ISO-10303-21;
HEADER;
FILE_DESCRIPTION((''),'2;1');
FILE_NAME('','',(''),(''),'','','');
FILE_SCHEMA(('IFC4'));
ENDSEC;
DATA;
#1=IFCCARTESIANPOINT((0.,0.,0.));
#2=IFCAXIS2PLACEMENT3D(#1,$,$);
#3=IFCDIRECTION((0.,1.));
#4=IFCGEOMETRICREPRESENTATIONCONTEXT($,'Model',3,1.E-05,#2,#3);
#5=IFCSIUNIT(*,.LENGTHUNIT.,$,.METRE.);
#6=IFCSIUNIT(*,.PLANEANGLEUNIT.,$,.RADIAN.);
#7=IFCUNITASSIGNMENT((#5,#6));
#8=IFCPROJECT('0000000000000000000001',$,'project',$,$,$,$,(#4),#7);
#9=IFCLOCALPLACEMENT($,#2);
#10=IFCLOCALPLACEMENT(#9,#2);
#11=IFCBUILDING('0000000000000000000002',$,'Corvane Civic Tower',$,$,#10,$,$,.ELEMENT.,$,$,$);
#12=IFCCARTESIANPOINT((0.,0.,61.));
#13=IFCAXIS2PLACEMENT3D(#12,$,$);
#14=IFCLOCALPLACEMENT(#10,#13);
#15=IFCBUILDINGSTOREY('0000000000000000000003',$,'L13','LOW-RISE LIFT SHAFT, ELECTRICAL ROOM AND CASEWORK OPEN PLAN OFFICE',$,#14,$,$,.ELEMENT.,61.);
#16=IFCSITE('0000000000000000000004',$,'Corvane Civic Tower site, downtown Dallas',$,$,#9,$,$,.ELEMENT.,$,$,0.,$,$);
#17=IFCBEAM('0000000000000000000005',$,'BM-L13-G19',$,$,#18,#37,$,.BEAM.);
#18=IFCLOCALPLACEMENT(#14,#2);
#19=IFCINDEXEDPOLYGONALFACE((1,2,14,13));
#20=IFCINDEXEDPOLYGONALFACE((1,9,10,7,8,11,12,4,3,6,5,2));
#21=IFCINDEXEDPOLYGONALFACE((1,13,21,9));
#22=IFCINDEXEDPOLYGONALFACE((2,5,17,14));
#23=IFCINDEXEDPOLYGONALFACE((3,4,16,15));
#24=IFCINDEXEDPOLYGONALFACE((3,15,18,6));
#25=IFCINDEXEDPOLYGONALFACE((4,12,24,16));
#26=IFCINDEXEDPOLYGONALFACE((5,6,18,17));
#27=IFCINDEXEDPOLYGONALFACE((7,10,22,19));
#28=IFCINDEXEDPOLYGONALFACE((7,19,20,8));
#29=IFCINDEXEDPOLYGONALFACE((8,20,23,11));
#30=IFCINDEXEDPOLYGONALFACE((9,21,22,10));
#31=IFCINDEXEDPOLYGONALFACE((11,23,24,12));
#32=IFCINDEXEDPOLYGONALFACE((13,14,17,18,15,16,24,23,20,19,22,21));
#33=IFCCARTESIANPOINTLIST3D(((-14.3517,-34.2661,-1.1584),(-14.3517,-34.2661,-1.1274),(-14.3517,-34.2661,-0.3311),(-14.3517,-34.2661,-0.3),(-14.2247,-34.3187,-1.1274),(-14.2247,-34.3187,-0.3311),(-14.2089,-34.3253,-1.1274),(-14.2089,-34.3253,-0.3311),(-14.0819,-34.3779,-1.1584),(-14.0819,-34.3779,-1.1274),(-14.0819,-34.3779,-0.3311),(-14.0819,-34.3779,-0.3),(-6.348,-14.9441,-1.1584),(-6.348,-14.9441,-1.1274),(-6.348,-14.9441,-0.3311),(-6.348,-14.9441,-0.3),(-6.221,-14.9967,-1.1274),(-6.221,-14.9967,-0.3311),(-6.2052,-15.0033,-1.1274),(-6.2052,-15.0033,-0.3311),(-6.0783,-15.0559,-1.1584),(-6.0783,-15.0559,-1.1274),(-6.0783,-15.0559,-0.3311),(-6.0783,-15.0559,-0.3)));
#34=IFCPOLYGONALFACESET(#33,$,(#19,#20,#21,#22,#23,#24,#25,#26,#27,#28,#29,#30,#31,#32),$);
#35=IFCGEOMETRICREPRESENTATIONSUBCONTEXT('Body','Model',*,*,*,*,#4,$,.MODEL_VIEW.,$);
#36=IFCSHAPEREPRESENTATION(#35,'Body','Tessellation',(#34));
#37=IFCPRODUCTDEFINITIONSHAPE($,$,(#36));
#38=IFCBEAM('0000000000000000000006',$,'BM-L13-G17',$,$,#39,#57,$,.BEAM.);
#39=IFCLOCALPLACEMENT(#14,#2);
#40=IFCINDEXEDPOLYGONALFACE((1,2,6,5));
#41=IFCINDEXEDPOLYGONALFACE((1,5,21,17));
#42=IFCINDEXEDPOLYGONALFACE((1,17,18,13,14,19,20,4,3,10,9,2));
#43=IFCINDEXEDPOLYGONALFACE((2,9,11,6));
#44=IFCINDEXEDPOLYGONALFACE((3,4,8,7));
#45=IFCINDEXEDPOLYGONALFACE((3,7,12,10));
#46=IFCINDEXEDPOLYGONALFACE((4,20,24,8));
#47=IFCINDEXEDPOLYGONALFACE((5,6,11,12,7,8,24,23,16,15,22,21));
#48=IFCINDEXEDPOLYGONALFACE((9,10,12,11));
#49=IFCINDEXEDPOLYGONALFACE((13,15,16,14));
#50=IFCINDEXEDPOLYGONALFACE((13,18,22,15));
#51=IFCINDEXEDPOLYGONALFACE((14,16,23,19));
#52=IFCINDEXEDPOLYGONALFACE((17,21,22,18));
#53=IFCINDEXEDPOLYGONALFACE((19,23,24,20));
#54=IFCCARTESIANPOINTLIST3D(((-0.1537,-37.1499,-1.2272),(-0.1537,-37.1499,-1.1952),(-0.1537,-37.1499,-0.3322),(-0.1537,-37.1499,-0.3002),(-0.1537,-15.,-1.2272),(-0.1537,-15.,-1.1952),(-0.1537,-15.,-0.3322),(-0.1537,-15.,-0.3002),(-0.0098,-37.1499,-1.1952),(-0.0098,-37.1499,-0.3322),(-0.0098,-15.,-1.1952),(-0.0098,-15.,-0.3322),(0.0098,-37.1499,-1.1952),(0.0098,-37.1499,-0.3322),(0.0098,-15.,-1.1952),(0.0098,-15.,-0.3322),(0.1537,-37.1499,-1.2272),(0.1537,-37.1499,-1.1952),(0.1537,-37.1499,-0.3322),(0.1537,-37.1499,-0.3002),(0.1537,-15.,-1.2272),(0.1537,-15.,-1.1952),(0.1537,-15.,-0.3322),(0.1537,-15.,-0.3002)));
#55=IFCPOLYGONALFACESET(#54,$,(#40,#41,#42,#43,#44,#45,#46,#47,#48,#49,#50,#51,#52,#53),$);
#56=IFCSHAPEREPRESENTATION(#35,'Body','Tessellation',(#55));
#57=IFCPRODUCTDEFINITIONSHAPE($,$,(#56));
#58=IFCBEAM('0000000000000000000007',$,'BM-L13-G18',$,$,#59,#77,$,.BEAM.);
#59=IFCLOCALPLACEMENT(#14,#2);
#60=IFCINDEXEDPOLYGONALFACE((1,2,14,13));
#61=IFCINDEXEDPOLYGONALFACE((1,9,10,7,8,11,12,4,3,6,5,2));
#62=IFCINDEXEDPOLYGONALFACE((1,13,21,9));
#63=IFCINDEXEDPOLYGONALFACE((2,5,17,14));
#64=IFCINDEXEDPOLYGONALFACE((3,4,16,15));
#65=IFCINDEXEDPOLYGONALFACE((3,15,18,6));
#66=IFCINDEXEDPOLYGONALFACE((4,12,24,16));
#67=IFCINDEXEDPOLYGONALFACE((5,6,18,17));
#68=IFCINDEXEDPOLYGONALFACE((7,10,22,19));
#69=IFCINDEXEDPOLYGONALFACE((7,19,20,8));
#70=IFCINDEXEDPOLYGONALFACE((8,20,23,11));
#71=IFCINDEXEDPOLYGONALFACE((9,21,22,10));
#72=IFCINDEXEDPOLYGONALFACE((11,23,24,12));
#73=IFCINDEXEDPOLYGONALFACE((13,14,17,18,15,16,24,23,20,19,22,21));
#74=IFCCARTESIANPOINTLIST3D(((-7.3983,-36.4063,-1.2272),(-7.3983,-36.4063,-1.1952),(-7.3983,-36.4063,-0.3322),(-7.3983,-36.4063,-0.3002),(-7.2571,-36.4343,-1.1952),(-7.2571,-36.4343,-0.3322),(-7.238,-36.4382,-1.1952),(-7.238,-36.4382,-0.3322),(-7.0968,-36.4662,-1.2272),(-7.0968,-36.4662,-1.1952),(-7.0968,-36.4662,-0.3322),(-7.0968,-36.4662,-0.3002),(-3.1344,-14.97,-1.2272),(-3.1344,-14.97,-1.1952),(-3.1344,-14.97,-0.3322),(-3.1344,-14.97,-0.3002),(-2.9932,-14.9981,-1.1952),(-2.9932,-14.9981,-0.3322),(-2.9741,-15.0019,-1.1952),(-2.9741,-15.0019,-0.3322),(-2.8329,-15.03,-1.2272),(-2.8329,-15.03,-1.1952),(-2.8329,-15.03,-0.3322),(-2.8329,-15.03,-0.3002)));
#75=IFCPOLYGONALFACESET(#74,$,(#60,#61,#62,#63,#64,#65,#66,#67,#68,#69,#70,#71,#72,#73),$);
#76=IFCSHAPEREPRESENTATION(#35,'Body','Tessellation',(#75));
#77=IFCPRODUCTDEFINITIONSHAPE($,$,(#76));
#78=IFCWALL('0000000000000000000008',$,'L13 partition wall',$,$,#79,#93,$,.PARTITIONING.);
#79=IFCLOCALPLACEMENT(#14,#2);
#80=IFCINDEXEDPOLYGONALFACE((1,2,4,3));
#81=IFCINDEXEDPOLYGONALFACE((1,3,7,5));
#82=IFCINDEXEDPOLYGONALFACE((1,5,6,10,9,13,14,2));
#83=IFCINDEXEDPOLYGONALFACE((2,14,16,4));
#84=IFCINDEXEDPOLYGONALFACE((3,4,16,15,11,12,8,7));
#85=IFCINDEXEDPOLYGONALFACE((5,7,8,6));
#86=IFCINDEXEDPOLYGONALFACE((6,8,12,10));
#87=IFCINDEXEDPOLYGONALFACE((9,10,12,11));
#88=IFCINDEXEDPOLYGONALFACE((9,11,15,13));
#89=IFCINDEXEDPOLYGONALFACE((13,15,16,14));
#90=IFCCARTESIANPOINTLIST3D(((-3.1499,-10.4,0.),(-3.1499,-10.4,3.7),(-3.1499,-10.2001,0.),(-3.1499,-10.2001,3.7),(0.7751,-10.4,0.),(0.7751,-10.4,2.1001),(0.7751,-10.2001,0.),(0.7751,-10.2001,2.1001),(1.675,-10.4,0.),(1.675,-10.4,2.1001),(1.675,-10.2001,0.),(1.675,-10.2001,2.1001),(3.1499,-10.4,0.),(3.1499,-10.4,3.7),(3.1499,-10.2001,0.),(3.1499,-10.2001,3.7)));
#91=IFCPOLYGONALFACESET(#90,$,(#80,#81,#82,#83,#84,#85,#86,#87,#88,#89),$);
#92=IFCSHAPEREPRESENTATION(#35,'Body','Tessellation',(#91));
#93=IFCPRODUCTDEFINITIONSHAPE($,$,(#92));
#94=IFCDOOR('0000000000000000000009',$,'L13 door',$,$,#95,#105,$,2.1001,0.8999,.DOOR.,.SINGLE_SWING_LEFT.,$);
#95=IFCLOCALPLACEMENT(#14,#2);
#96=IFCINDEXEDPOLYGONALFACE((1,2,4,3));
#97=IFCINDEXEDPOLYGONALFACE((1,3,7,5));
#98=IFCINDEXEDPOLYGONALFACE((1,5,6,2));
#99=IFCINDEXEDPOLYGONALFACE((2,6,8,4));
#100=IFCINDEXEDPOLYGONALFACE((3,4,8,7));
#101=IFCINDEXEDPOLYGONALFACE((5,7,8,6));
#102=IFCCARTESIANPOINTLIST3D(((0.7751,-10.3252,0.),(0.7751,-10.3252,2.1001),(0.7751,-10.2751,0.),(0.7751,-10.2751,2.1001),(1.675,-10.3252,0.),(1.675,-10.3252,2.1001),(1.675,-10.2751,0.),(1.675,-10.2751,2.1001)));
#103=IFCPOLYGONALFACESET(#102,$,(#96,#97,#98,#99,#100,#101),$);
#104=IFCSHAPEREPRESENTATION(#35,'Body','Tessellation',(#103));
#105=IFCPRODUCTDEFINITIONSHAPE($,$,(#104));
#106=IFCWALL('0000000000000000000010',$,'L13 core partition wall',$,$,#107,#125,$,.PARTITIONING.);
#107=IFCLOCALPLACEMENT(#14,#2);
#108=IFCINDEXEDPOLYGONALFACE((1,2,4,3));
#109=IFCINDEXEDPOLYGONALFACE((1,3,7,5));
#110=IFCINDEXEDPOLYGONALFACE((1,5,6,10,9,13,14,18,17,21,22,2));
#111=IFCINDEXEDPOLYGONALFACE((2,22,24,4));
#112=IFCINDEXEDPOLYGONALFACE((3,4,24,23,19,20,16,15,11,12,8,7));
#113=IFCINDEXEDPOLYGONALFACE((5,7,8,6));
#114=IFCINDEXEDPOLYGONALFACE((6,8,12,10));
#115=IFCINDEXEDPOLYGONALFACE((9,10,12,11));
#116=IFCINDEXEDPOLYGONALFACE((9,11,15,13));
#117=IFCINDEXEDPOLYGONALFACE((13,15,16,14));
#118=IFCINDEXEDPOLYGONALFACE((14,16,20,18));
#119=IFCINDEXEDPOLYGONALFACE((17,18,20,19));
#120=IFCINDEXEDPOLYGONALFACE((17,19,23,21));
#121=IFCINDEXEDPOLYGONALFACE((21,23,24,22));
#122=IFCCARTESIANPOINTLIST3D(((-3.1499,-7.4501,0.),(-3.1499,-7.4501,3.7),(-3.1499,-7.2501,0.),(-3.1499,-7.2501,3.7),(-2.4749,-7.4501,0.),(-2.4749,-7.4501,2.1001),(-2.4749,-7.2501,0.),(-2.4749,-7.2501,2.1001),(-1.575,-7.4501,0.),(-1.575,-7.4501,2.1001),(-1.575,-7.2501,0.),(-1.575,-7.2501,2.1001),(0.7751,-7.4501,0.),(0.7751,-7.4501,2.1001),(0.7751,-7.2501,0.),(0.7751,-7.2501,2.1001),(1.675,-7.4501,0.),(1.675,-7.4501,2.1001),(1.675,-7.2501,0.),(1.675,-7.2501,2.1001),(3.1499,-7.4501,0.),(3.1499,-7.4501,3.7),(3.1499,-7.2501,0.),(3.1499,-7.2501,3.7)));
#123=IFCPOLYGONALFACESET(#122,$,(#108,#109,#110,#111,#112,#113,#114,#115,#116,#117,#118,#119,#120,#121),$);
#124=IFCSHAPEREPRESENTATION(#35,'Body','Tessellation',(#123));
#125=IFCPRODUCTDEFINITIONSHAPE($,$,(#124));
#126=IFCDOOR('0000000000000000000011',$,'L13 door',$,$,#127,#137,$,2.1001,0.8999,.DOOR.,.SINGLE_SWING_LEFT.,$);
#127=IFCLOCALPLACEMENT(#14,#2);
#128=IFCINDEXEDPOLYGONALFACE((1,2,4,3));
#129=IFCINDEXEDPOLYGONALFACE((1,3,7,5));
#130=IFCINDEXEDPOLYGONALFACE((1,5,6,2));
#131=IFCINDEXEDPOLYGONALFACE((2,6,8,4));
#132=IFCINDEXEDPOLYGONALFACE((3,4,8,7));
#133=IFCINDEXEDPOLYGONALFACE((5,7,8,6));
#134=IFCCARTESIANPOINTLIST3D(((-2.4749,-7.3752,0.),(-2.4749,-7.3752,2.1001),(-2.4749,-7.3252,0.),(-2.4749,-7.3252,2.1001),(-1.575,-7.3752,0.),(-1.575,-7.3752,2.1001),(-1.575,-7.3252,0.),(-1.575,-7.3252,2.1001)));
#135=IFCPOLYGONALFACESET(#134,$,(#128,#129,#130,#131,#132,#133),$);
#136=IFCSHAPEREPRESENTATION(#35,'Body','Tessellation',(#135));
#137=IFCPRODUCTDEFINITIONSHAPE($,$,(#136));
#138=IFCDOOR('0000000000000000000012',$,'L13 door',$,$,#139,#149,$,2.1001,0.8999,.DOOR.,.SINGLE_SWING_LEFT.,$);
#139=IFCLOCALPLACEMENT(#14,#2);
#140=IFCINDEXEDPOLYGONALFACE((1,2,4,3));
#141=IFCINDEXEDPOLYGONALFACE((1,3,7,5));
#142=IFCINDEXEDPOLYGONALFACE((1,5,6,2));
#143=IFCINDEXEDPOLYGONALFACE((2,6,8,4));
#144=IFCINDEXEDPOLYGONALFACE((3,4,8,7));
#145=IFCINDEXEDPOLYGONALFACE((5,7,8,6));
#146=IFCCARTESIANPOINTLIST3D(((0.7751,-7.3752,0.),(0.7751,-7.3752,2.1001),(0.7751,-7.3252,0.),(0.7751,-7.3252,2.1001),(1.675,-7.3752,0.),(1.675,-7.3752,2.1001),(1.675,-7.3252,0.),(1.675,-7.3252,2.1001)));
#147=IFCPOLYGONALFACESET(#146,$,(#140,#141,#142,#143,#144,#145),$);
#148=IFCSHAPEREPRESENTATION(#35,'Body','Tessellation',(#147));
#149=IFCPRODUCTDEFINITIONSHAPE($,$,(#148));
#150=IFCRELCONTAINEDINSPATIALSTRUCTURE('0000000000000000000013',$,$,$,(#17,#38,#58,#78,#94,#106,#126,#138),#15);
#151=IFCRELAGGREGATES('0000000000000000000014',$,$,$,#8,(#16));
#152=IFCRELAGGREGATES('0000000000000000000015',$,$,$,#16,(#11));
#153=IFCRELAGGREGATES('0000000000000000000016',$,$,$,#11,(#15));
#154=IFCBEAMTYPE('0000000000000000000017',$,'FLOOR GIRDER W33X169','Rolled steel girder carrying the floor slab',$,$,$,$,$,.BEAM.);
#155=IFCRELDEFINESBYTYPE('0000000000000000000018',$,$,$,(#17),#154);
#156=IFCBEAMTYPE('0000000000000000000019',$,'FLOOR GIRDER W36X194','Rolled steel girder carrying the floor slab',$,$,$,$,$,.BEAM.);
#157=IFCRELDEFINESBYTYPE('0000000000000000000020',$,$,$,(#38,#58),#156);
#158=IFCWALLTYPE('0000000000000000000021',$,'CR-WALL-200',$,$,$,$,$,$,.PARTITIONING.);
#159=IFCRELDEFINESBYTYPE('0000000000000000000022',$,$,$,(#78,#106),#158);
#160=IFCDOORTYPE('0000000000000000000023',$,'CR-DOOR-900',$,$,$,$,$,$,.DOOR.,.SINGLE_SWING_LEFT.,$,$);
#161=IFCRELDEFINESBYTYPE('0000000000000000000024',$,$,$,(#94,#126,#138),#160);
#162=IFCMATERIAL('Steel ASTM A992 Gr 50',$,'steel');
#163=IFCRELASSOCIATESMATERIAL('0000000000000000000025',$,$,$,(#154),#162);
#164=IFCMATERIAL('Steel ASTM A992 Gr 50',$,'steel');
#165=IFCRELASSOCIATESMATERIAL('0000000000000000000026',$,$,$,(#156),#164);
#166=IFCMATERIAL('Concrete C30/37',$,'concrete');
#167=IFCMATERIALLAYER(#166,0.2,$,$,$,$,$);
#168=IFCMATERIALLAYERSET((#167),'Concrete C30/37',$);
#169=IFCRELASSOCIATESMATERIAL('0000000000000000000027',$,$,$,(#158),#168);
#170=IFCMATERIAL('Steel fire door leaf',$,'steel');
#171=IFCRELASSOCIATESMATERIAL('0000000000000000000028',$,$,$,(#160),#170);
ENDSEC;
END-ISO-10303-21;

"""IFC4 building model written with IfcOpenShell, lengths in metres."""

from ifc_helpers import new_model, si_unit, direction, frame, frame_2d, origin, origin_2d, place, context, subcontext, project, spatial, rectangle, i_section, extrude, material, layer, layer_set, material_profile, profile_set, type_object, element, fill, save


model = new_model("IFC4")

# Units and contexts
model_context = context("Model", 3, precision=1e-05, world=origin(), true_north=direction((0.0, 1.0)))
body_context = subcontext(model_context, "Body", "Model", "MODEL_VIEW")
ifc_project = project(units=[si_unit("LENGTHUNIT", "METRE"), si_unit("PLANEANGLEUNIT", "RADIAN")], contexts=[model_context])

# Site, building, storey
site_placement = place(None, origin())
site = spatial("IfcSite", under=ifc_project, at=site_placement, Name="Corvane Civic Tower site, downtown Dallas", CompositionType="ELEMENT", RefElevation=0.0)
building_placement = place(site_placement, origin())
building = spatial("IfcBuilding", under=site, at=building_placement, Name="Corvane Civic Tower", CompositionType="ELEMENT")
storey_placement = place(building_placement, frame((0.0, 0.0, 61.0)))
storey = spatial("IfcBuildingStorey", under=building, at=storey_placement, Name="L13", Description="LOW-RISE LIFT SHAFT, ELECTRICAL ROOM AND CASEWORK OPEN PLAN OFFICE", CompositionType="ELEMENT", Elevation=61.0)

# Beams
ifc_material_1 = material(Name="Steel ASTM A992 Gr 50", Category="steel")
ifc_material_profile_1 = material_profile(ifc_material_1, i_section(OverallWidth=0.292, OverallDepth=0.8584, WebThickness=0.0171, FlangeThickness=0.031, at=origin_2d()), Name="W33X169")
ifc_profile_set_1 = profile_set([ifc_material_profile_1], Name="Steel ASTM A992 Gr 50")
beam_type_1 = type_object("IfcBeamType", Name="FLOOR GIRDER W33X169", Description="Rolled steel girder carrying the floor slab", PredefinedType="BEAM", material=ifc_profile_set_1)
beam_1_placement = place(storey_placement, frame((-6.2131, -15.0, -0.7292), z_axis=(-0.382692, -0.923876, 0.0), x_axis=(0.923876, -0.382692, 0.0)))
element("IfcBeam", 1, at=beam_1_placement, inside=storey, type_object=beam_type_1, Name="BM-L13-G19", PredefinedType="BEAM", context=body_context, shape_type="SweptSolid", body=[
    extrude(i_section(OverallWidth=0.292, OverallDepth=0.8584, WebThickness=0.0171, FlangeThickness=0.031, at=origin_2d()), origin(), (0.0, 0.0, 1.0), 20.9141),
])
ifc_material_2 = material(Name="Steel ASTM A992 Gr 50", Category="steel")
ifc_material_profile_2 = material_profile(ifc_material_2, i_section(OverallWidth=0.3074, OverallDepth=0.927, WebThickness=0.0195, FlangeThickness=0.032, at=origin_2d()), Name="W36X194")
ifc_profile_set_2 = profile_set([ifc_material_profile_2], Name="Steel ASTM A992 Gr 50")
beam_type_2 = type_object("IfcBeamType", Name="FLOOR GIRDER W36X194", Description="Rolled steel girder carrying the floor slab", PredefinedType="BEAM", material=ifc_profile_set_2)
beam_2_placement = place(storey_placement, frame((0.0, -15.0, -0.7637), z_axis=(0.0, -1.0, 0.0), x_axis=(1.0, 0.0, 0.0)))
element("IfcBeam", 2, at=beam_2_placement, inside=storey, type_object=beam_type_2, Name="BM-L13-G17", PredefinedType="BEAM", context=body_context, shape_type="SweptSolid", body=[
    extrude(i_section(OverallWidth=0.3074, OverallDepth=0.927, WebThickness=0.0195, FlangeThickness=0.032, at=origin_2d()), origin(), (0.0, 0.0, 1.0), 22.1499),
])
beam_3_placement = place(storey_placement, frame((-2.9836, -15.0, -0.7637), z_axis=(-0.195089, -0.980785, 0.0), x_axis=(0.980785, -0.195089, 0.0)))
element("IfcBeam", 3, at=beam_3_placement, inside=storey, type_object=beam_type_2, Name="BM-L13-G18", PredefinedType="BEAM", context=body_context, shape_type="SweptSolid", body=[
    extrude(i_section(OverallWidth=0.3074, OverallDepth=0.927, WebThickness=0.0195, FlangeThickness=0.032, at=origin_2d()), origin(), (0.0, 0.0, 1.0), 21.8562),
])

# Wall, opening, door
ifc_material_3 = material(Name="Concrete C30/37", Category="concrete")
ifc_layer_1 = layer(ifc_material_3, 0.2)
ifc_layer_set_1 = layer_set([ifc_layer_1], Name="Concrete C30/37")
wall_type = type_object("IfcWallType", Name="CR-WALL-200", PredefinedType="PARTITIONING", material=ifc_layer_set_1)
wall_1_placement = place(storey_placement, frame((-3.1499, -10.3, 0.0), z_axis=(0.0, 0.0, 1.0), x_axis=(1.0, 0.0, 0.0)))
wall_1 = element("IfcWall", 4, at=wall_1_placement, inside=storey, type_object=wall_type, Name="L13 partition wall", PredefinedType="PARTITIONING", context=body_context, shape_type="SweptSolid", body=[
    extrude(rectangle(XDim=6.2998, YDim=0.2, at=frame_2d((3.1499, 0.0))), origin(), (0.0, 0.0, 1.0), 3.7),
])
opening_1_placement = place(wall_1_placement, frame((3.925, 0.0, 0.0)))
opening_1 = element("IfcOpeningElement", 5, at=opening_1_placement, cuts=wall_1, PredefinedType="OPENING", context=body_context, shape_type="SweptSolid", body=[
    extrude(rectangle(XDim=0.8999, YDim=2.1001, at=frame_2d((0.45, 1.05))), frame((0.0, 0.1099, 0.0), z_axis=(0.0, -1.0, 0.0), x_axis=(1.0, 0.0, 0.0)), (0.0, 0.0, 1.0), 0.22),
])
ifc_material_4 = material(Name="Steel fire door leaf", Category="steel")
door_type_1 = type_object("IfcDoorType", Name="CR-DOOR-900", OperationType="SINGLE_SWING_LEFT", PredefinedType="DOOR", material=ifc_material_4)
door_1_placement = place(opening_1_placement, origin())
door_1 = element("IfcDoor", 6, at=door_1_placement, inside=storey, type_object=door_type_1, Name="L13 door", OperationType="SINGLE_SWING_LEFT", OverallHeight=2.1001, OverallWidth=0.8999, PredefinedType="DOOR", context=body_context, shape_type="SweptSolid", body=[
    extrude(rectangle(XDim=0.8999, YDim=2.1001, at=frame_2d((0.45, 1.05))), frame((0.0, 0.0249, 0.0), z_axis=(0.0, -1.0, 0.0), x_axis=(1.0, 0.0, 0.0)), (0.0, 0.0, 1.0), 0.05),
])
fill(opening_1, door_1)

# Wall, openings, doors
wall_2_placement = place(storey_placement, frame((-3.1499, -7.3501, 0.0), z_axis=(0.0, 0.0, 1.0), x_axis=(1.0, 0.0, 0.0)))
wall_2 = element("IfcWall", 7, at=wall_2_placement, inside=storey, type_object=wall_type, Name="L13 core partition wall", PredefinedType="PARTITIONING", context=body_context, shape_type="SweptSolid", body=[
    extrude(rectangle(XDim=6.2998, YDim=0.2, at=frame_2d((3.1499, 0.0))), origin(), (0.0, 0.0, 1.0), 3.7),
])
opening_2_placement = place(wall_2_placement, frame((0.675, 0.0, 0.0)))
opening_2 = element("IfcOpeningElement", 8, at=opening_2_placement, cuts=wall_2, PredefinedType="OPENING", context=body_context, shape_type="SweptSolid", body=[
    extrude(rectangle(XDim=0.8999, YDim=2.1001, at=frame_2d((0.45, 1.05))), frame((0.0, 0.1099, 0.0), z_axis=(0.0, -1.0, 0.0), x_axis=(1.0, 0.0, 0.0)), (0.0, 0.0, 1.0), 0.22),
])
opening_3_placement = place(wall_2_placement, frame((3.925, 0.0, 0.0)))
opening_3 = element("IfcOpeningElement", 9, at=opening_3_placement, cuts=wall_2, PredefinedType="OPENING", context=body_context, shape_type="SweptSolid", body=[
    extrude(rectangle(XDim=0.8999, YDim=2.1001, at=frame_2d((0.45, 1.05))), frame((0.0, 0.1099, 0.0), z_axis=(0.0, -1.0, 0.0), x_axis=(1.0, 0.0, 0.0)), (0.0, 0.0, 1.0), 0.22),
])
door_2_placement = place(opening_2_placement, origin())
door_2 = element("IfcDoor", 10, at=door_2_placement, inside=storey, type_object=door_type_1, Name="L13 door", OperationType="SINGLE_SWING_LEFT", OverallHeight=2.1001, OverallWidth=0.8999, PredefinedType="DOOR", context=body_context, shape_type="SweptSolid", body=[
    extrude(rectangle(XDim=0.8999, YDim=2.1001, at=frame_2d((0.45, 1.05))), frame((0.0, 0.0249, 0.0), z_axis=(0.0, -1.0, 0.0), x_axis=(1.0, 0.0, 0.0)), (0.0, 0.0, 1.0), 0.05),
])
fill(opening_2, door_2)
door_3_placement = place(opening_3_placement, origin())
door_3 = element("IfcDoor", 11, at=door_3_placement, inside=storey, type_object=door_type_1, Name="L13 door", OperationType="SINGLE_SWING_LEFT", OverallHeight=2.1001, OverallWidth=0.8999, PredefinedType="DOOR", context=body_context, shape_type="SweptSolid", body=[
    extrude(rectangle(XDim=0.8999, YDim=2.1001, at=frame_2d((0.45, 1.05))), frame((0.0, 0.0249, 0.0), z_axis=(0.0, -1.0, 0.0), x_axis=(1.0, 0.0, 0.0)), (0.0, 0.0, 1.0), 0.05),
])
fill(opening_3, door_3)

save(model, "model.ifc")
